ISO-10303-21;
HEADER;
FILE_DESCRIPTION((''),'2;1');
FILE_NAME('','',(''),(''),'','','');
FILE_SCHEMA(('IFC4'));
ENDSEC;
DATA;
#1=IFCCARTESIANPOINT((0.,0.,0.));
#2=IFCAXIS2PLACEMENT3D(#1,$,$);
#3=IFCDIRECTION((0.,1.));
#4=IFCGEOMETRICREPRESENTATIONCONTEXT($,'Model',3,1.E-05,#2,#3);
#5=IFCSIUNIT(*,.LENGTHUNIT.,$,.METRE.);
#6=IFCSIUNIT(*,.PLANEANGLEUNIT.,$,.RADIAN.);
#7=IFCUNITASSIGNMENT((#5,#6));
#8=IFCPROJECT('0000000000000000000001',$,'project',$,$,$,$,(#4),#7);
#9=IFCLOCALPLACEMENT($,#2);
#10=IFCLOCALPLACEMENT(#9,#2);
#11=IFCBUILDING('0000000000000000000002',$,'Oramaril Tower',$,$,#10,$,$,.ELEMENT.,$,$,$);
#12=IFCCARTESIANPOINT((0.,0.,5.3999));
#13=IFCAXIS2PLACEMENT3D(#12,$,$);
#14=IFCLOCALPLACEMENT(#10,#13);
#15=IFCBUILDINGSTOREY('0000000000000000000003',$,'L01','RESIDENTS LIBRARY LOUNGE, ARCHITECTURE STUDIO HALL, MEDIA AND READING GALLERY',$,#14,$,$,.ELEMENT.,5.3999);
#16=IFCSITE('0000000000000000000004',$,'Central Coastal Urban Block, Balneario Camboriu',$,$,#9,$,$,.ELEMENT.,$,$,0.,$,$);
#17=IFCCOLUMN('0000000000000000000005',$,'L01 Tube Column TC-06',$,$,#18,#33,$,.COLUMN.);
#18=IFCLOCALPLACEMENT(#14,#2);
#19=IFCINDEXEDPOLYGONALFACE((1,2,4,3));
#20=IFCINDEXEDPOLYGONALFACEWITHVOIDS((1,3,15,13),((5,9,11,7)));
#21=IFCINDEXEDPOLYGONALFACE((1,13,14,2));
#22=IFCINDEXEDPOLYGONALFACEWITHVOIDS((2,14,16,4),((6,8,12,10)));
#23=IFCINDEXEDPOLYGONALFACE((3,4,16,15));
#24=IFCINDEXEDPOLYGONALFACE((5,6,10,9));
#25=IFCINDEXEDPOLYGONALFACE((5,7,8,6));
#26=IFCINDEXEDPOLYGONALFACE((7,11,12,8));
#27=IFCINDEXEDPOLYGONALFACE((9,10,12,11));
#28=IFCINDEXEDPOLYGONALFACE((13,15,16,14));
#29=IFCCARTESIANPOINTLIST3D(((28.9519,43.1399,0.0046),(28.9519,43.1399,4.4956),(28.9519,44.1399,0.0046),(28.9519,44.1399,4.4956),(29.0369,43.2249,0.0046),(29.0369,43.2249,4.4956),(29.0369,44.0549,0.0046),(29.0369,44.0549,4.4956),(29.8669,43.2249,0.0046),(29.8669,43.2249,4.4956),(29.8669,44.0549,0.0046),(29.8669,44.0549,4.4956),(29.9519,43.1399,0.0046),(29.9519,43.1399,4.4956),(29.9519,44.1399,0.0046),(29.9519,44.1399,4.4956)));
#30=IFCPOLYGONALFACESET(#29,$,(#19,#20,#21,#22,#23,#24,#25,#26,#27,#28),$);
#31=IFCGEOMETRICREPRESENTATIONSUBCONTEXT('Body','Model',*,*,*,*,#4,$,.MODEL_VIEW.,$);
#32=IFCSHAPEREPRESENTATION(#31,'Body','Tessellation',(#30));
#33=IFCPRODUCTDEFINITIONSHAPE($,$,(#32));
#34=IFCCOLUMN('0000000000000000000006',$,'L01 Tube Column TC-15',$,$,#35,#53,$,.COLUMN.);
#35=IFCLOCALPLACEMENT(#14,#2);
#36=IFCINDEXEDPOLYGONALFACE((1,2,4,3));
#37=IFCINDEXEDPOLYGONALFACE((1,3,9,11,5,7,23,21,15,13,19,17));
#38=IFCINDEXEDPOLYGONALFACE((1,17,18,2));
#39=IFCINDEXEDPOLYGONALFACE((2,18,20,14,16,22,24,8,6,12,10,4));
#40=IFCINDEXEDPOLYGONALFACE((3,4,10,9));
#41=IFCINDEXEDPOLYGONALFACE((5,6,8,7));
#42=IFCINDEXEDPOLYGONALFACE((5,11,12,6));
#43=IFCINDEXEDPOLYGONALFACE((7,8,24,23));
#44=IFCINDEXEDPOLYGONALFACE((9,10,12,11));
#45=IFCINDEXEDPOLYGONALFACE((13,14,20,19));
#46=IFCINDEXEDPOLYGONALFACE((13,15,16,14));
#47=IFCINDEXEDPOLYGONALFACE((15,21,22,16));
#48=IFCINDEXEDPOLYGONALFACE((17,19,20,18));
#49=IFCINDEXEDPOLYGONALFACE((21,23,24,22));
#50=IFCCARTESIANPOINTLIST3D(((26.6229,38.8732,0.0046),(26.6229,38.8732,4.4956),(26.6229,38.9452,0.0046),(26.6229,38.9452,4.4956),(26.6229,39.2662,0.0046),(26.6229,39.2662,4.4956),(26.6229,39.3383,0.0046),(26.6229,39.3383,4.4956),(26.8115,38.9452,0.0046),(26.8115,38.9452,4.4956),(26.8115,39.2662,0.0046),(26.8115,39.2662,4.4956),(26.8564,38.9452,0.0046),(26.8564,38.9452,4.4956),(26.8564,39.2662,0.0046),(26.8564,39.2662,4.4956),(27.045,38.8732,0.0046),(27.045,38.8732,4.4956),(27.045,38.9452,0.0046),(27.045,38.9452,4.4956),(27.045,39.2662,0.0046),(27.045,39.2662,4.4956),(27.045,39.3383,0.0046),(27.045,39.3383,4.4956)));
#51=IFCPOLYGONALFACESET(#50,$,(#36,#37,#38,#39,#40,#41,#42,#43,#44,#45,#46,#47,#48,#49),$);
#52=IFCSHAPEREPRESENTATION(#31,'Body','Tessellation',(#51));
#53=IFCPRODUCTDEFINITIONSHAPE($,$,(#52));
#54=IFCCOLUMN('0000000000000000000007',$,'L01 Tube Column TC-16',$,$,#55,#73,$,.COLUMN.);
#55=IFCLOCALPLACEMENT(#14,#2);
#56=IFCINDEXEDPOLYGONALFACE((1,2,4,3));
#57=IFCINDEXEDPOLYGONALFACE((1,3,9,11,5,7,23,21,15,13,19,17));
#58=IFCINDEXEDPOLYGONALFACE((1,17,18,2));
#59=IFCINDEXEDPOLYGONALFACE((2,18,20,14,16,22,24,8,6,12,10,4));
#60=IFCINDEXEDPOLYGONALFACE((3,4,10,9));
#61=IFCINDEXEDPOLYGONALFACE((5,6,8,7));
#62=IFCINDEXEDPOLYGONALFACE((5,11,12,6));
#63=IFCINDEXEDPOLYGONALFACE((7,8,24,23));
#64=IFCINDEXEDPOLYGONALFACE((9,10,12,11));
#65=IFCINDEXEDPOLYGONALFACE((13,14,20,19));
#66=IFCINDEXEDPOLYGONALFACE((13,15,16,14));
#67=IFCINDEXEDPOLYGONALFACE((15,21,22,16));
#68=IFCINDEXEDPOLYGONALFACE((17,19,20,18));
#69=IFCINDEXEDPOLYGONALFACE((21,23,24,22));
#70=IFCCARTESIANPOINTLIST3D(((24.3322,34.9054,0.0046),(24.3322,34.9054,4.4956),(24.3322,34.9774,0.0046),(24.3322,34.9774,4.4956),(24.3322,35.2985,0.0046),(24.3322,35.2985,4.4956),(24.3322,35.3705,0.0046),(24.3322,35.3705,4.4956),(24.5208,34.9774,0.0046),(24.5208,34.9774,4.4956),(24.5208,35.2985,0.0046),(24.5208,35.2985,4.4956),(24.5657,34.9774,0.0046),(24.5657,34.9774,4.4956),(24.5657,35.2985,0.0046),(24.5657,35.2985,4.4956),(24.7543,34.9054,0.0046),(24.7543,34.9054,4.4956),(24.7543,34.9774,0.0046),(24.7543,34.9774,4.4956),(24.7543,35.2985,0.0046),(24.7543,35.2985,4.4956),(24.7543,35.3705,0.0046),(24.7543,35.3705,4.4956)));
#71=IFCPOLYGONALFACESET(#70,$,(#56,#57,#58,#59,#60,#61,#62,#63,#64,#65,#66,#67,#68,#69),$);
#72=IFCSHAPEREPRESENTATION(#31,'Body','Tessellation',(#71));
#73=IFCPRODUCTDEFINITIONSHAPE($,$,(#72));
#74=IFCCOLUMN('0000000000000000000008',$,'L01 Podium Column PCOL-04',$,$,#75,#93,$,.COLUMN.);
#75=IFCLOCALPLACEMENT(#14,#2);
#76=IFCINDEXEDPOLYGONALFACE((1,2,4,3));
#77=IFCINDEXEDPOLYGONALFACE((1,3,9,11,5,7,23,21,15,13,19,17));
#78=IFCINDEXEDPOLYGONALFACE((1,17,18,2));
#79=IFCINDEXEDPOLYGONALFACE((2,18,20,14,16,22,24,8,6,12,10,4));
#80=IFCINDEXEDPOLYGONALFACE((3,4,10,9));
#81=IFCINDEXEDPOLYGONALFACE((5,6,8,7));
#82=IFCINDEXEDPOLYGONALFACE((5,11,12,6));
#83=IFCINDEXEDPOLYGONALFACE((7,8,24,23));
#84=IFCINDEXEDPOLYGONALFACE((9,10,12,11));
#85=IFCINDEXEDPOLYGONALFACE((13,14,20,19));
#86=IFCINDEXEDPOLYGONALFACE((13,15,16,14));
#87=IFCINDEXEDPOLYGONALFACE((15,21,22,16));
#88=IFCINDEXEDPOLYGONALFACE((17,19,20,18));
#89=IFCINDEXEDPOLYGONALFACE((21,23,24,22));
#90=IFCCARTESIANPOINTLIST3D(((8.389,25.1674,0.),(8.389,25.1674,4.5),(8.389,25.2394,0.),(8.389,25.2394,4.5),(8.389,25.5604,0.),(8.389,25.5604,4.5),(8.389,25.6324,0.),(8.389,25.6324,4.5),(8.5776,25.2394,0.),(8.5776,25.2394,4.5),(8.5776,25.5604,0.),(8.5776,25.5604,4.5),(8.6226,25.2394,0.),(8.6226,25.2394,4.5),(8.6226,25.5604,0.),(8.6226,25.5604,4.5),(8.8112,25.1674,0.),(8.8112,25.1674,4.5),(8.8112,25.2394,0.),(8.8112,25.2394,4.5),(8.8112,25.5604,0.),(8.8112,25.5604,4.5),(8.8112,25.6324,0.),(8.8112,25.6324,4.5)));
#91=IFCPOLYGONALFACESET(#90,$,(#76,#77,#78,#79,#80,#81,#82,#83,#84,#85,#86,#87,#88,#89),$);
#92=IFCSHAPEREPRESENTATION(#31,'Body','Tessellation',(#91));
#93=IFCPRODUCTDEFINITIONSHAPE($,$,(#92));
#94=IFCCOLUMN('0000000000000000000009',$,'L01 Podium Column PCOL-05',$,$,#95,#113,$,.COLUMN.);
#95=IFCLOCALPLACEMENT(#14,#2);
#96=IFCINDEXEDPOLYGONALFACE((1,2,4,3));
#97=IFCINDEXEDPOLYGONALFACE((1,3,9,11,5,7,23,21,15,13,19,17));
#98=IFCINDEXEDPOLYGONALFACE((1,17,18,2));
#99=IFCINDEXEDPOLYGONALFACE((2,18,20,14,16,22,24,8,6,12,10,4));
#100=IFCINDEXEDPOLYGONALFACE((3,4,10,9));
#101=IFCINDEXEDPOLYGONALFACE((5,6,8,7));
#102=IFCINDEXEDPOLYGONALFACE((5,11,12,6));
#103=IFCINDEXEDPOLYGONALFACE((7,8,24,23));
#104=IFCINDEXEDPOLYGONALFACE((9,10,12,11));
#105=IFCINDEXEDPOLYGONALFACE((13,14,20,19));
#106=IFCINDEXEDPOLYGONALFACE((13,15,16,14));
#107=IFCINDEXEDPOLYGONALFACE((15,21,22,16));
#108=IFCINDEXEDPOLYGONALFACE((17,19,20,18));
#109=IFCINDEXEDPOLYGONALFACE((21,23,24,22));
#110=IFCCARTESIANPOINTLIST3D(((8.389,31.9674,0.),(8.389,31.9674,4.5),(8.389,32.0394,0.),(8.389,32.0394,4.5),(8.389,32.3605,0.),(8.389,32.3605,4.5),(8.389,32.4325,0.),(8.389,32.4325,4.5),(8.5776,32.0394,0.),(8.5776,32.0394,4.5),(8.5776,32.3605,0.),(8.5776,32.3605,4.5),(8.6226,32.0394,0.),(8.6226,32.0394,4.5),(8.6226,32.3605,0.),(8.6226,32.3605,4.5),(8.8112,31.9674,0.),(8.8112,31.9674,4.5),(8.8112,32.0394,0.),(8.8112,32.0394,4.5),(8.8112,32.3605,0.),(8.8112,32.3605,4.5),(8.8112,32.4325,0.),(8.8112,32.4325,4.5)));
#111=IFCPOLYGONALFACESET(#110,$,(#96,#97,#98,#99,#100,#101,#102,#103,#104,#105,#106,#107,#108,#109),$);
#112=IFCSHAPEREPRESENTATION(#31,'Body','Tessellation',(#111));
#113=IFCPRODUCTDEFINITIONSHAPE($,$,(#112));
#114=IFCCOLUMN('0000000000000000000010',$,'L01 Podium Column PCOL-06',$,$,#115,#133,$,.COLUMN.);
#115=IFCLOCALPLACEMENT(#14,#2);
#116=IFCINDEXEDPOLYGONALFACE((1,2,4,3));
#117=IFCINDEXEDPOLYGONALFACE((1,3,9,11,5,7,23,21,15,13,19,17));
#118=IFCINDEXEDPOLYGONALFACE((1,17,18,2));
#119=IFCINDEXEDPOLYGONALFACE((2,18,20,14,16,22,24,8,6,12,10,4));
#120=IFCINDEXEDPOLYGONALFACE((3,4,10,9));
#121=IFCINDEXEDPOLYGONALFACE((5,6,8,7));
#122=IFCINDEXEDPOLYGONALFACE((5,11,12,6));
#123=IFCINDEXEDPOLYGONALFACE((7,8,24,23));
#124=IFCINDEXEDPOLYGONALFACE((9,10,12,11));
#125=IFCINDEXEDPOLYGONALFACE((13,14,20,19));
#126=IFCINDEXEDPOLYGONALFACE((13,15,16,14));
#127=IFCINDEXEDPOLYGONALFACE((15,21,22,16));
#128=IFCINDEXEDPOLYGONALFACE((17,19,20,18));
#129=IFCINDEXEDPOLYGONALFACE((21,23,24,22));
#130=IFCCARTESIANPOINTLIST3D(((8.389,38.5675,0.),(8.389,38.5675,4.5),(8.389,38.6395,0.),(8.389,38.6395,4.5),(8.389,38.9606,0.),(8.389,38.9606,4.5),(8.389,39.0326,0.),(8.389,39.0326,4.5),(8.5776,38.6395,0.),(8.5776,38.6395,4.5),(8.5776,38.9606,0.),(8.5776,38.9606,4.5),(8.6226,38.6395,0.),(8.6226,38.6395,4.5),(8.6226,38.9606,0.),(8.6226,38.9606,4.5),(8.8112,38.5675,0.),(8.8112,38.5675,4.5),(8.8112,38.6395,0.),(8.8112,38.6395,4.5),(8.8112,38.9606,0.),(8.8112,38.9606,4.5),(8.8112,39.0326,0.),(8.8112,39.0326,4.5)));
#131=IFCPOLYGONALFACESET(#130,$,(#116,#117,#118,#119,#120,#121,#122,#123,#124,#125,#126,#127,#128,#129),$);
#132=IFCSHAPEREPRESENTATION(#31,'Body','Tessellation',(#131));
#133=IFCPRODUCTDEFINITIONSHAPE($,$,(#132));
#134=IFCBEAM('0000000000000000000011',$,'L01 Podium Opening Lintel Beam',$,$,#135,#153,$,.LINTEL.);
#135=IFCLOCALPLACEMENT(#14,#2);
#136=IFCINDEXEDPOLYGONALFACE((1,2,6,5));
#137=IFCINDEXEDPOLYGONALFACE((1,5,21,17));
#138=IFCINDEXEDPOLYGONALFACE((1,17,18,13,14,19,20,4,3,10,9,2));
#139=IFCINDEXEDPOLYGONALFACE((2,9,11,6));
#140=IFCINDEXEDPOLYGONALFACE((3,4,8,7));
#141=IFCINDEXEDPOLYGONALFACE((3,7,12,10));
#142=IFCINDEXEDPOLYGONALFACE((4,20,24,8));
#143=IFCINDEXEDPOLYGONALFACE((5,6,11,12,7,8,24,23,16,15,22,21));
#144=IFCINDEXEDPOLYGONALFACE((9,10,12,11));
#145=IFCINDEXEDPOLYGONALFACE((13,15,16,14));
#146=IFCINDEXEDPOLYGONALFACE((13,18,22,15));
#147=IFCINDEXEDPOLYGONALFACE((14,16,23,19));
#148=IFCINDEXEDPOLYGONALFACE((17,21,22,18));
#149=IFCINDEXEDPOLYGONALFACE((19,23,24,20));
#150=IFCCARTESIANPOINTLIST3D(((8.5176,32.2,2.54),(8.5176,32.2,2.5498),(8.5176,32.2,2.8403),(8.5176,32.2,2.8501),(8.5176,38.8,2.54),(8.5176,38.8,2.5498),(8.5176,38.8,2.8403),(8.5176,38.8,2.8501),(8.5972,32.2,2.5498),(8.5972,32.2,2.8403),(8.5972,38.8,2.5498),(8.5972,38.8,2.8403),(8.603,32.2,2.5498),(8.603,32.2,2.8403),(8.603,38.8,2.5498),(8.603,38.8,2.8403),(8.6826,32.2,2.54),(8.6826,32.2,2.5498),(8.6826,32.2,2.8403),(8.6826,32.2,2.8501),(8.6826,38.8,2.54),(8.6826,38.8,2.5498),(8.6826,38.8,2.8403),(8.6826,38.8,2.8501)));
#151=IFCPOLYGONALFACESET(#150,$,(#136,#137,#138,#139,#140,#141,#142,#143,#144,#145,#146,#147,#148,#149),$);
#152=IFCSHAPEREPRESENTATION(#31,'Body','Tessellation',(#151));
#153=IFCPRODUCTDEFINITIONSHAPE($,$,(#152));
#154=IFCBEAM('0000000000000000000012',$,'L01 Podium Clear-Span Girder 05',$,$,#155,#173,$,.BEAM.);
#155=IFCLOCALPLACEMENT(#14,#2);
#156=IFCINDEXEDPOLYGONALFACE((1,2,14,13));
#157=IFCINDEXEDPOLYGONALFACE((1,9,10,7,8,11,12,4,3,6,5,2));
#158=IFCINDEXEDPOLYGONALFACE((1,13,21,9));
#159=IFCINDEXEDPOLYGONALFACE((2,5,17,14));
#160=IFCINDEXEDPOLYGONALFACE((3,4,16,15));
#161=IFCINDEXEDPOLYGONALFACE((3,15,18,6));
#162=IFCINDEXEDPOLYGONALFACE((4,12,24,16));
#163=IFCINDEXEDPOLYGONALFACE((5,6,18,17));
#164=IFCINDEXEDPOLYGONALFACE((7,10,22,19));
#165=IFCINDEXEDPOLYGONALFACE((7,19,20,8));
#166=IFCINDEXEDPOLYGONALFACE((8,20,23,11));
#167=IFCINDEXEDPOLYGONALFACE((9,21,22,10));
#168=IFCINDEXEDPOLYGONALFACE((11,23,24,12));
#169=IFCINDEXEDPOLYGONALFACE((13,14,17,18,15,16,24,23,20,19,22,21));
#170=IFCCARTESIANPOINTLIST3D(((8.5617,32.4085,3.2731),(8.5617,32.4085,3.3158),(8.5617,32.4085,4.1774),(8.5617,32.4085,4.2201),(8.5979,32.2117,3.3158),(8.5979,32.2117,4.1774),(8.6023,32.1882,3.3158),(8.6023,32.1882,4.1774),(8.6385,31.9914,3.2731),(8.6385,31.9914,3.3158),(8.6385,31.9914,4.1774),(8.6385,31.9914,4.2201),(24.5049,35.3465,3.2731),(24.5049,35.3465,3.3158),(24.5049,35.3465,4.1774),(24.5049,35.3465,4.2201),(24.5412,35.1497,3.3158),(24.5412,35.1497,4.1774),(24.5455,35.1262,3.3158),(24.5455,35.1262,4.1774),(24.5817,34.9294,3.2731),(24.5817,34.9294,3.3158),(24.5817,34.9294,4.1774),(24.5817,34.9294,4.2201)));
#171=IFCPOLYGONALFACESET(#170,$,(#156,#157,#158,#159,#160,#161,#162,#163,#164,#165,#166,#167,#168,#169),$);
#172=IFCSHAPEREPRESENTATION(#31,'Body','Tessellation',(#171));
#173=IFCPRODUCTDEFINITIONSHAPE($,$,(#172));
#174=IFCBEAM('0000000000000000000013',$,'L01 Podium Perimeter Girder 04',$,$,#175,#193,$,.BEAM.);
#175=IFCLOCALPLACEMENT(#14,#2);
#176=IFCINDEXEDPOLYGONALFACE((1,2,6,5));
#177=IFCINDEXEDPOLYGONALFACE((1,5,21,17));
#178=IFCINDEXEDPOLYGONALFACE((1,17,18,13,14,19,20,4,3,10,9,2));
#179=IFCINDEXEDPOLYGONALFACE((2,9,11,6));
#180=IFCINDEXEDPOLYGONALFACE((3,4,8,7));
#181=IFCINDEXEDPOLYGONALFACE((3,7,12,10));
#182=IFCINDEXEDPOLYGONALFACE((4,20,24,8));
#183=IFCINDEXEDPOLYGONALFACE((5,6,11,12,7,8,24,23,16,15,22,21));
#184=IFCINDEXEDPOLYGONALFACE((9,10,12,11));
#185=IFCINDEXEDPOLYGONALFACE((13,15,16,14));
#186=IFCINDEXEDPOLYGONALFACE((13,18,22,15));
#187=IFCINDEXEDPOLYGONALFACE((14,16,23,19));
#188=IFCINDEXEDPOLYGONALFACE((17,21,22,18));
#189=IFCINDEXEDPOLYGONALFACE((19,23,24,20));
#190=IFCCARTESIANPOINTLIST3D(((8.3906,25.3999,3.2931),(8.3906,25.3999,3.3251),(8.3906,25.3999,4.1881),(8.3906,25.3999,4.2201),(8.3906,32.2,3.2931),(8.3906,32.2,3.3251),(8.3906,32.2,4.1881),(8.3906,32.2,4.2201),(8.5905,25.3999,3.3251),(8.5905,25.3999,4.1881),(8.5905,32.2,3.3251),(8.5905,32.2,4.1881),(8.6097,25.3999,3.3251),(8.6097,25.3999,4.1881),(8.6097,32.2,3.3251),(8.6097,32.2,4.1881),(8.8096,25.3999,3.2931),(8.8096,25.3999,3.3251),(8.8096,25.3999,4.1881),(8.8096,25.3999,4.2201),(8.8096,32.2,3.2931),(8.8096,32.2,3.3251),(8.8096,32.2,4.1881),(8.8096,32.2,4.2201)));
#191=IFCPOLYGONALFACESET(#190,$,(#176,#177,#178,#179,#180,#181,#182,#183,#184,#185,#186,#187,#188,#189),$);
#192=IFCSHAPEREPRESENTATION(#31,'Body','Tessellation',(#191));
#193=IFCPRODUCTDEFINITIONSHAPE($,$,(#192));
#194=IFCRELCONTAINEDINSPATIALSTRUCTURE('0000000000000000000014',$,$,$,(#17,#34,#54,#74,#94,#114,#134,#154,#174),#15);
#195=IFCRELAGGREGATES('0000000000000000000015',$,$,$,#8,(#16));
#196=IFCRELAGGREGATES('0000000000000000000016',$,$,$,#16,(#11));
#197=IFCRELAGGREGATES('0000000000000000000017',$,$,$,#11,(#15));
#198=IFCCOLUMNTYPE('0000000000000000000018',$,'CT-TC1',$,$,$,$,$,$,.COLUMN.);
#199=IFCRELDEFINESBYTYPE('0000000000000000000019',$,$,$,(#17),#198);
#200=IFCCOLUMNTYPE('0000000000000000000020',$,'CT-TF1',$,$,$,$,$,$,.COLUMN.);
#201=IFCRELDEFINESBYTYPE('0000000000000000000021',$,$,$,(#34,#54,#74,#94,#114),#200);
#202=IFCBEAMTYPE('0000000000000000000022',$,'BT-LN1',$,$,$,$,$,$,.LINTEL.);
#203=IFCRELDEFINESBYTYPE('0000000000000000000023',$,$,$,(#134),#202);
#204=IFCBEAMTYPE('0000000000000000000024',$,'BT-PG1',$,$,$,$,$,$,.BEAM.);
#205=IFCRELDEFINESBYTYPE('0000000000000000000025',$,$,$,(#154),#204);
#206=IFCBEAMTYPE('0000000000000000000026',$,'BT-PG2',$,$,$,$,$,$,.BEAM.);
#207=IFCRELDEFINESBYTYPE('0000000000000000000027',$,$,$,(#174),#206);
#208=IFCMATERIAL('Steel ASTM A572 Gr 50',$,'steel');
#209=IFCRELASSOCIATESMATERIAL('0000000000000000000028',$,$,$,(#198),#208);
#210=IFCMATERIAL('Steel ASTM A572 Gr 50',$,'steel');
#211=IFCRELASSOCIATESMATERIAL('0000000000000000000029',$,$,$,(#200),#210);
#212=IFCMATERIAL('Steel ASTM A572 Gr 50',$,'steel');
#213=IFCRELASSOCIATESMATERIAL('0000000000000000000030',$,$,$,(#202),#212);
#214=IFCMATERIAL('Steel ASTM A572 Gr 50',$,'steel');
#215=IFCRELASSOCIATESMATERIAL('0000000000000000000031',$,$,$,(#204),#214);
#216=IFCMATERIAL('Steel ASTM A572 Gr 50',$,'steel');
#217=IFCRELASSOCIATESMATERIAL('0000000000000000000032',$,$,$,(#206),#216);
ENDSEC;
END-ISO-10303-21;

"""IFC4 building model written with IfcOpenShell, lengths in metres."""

from ifc_helpers import new_model, si_unit, direction, frame, origin, origin_2d, place, context, subcontext, project, spatial, hollow_rectangle, i_section, extrude, material, material_profile, profile_set, type_object, element, save


model = new_model("IFC4")

# Units and contexts
model_context = context("Model", 3, precision=1e-05, world=origin(), true_north=direction((0.0, 1.0)))
body_context = subcontext(model_context, "Body", "Model", "MODEL_VIEW")
ifc_project = project(units=[si_unit("LENGTHUNIT", "METRE"), si_unit("PLANEANGLEUNIT", "RADIAN")], contexts=[model_context])

# Site, building, storey
site_placement = place(None, origin())
site = spatial("IfcSite", under=ifc_project, at=site_placement, Name="Central Coastal Urban Block, Balneario Camboriu", CompositionType="ELEMENT", RefElevation=0.0)
building_placement = place(site_placement, origin())
building = spatial("IfcBuilding", under=site, at=building_placement, Name="Oramaril Tower", CompositionType="ELEMENT")
storey_placement = place(building_placement, frame((0.0, 0.0, 5.3999)))
storey = spatial("IfcBuildingStorey", under=building, at=storey_placement, Name="L01", Description="RESIDENTS LIBRARY LOUNGE, ARCHITECTURE STUDIO HALL, MEDIA AND READING GALLERY", CompositionType="ELEMENT", Elevation=5.3999)

# Columns
ifc_material_1 = material(Name="Steel ASTM A572 Gr 50", Category="steel")
ifc_material_profile_1 = material_profile(ifc_material_1, hollow_rectangle(XDim=1.0, YDim=1.0, WallThickness=0.085, at=origin_2d()), Name="BOX1000X1000X85")
ifc_profile_set_1 = profile_set([ifc_material_profile_1], Name="Steel ASTM A572 Gr 50")
column_type_1 = type_object("IfcColumnType", Name="CT-TC1", PredefinedType="COLUMN", material=ifc_profile_set_1)
column_placement = place(storey_placement, frame((29.4519, 43.6399, 0.0046), z_axis=(0.0, 0.0, 1.0), x_axis=(1.0, 0.0, 0.0)))
element("IfcColumn", 1, at=column_placement, inside=storey, type_object=column_type_1, Name="L01 Tube Column TC-06", PredefinedType="COLUMN", context=body_context, shape_type="SweptSolid", body=[
    extrude(hollow_rectangle(XDim=1.0, YDim=1.0, WallThickness=0.085, at=origin_2d()), origin(), (0.0, 0.0, 1.0), 4.491),
])
ifc_material_2 = material(Name="Steel ASTM A572 Gr 50", Category="steel")
ifc_material_profile_2 = material_profile(ifc_material_2, i_section(OverallWidth=0.4221, OverallDepth=0.4651, WebThickness=0.0449, FlangeThickness=0.072, at=origin_2d()), Name="W14X398")
ifc_profile_set_2 = profile_set([ifc_material_profile_2], Name="Steel ASTM A572 Gr 50")
column_type_2 = type_object("IfcColumnType", Name="CT-TF1", PredefinedType="COLUMN", material=ifc_profile_set_2)
for number, where, z_axis, x_axis, name in (
    (2, (26.834, 39.1057, 0.0046), (0.0, 0.0, 1.0), (1.0, 0.0, 0.0), "L01 Tube Column TC-15"),
    (3, (24.5432, 35.1379, 0.0046), (0.0, 0.0, 1.0), (1.0, 0.0, 0.0), "L01 Tube Column TC-16"),
):
    element("IfcColumn", number, at=place(storey_placement, frame(where, z_axis=z_axis, x_axis=x_axis)), inside=storey, type_object=column_type_2, Name=name, PredefinedType="COLUMN", context=body_context, shape_type="SweptSolid", body=[
        extrude(i_section(OverallWidth=0.4221, OverallDepth=0.4651, WebThickness=0.0449, FlangeThickness=0.072, at=origin_2d()), origin(), (0.0, 0.0, 1.0), 4.491),
    ])
for number, where, z_axis, x_axis, name in (
    (4, (8.6001, 25.3999, 0.0), (0.0, 0.0, 1.0), (1.0, 0.0, 0.0), "L01 Podium Column PCOL-04"),
    (5, (8.6001, 32.2, 0.0), (0.0, 0.0, 1.0), (1.0, 0.0, 0.0), "L01 Podium Column PCOL-05"),
    (6, (8.6001, 38.8, 0.0), (0.0, 0.0, 1.0), (1.0, 0.0, 0.0), "L01 Podium Column PCOL-06"),
):
    element("IfcColumn", number, at=place(storey_placement, frame(where, z_axis=z_axis, x_axis=x_axis)), inside=storey, type_object=column_type_2, Name=name, PredefinedType="COLUMN", context=body_context, shape_type="SweptSolid", body=[
        extrude(i_section(OverallWidth=0.4221, OverallDepth=0.4651, WebThickness=0.0449, FlangeThickness=0.072, at=origin_2d()), origin(), (0.0, 0.0, 1.0), 4.5),
    ])

# Beams
ifc_material_3 = material(Name="Steel ASTM A572 Gr 50", Category="steel")
ifc_material_profile_3 = material_profile(ifc_material_3, i_section(OverallWidth=0.165, OverallDepth=0.3101, WebThickness=0.0059, FlangeThickness=0.0098, at=origin_2d()), Name="W12X26")
ifc_profile_set_3 = profile_set([ifc_material_profile_3], Name="Steel ASTM A572 Gr 50")
beam_type_1 = type_object("IfcBeamType", Name="BT-LN1", PredefinedType="LINTEL", material=ifc_profile_set_3)
beam_1_placement = place(storey_placement, frame((8.6001, 32.2, 2.6951), z_axis=(0.0, 1.0, 0.0), x_axis=(-1.0, 0.0, 0.0)))
element("IfcBeam", 7, at=beam_1_placement, inside=storey, type_object=beam_type_1, Name="L01 Podium Opening Lintel Beam", PredefinedType="LINTEL", context=body_context, shape_type="SweptSolid", body=[
    extrude(i_section(OverallWidth=0.165, OverallDepth=0.3101, WebThickness=0.0059, FlangeThickness=0.0098, at=origin_2d()), origin(), (0.0, 0.0, 1.0), 6.6001),
])
ifc_material_4 = material(Name="Steel ASTM A572 Gr 50", Category="steel")
ifc_material_profile_4 = material_profile(ifc_material_4, i_section(OverallWidth=0.4241, OverallDepth=0.947, WebThickness=0.0239, FlangeThickness=0.0427, at=origin_2d()), Name="W36X302")
ifc_profile_set_4 = profile_set([ifc_material_profile_4], Name="Steel ASTM A572 Gr 50")
beam_type_2 = type_object("IfcBeamType", Name="BT-PG1", PredefinedType="BEAM", material=ifc_profile_set_4)
beam_2_placement = place(storey_placement, frame((8.6001, 32.2, 3.7466), z_axis=(0.983441, 0.181228, 0.0), x_axis=(-0.181228, 0.983441, 0.0)))
element("IfcBeam", 8, at=beam_2_placement, inside=storey, type_object=beam_type_2, Name="L01 Podium Clear-Span Girder 05", PredefinedType="BEAM", context=body_context, shape_type="SweptSolid", body=[
    extrude(i_section(OverallWidth=0.4241, OverallDepth=0.947, WebThickness=0.0239, FlangeThickness=0.0427, at=origin_2d()), origin(), (0.0, 0.0, 1.0), 16.2117),
])
ifc_material_5 = material(Name="Steel ASTM A572 Gr 50", Category="steel")
ifc_material_profile_5 = material_profile(ifc_material_5, i_section(OverallWidth=0.4189, OverallDepth=0.927, WebThickness=0.0193, FlangeThickness=0.032, at=origin_2d()), Name="W36X231")
ifc_profile_set_5 = profile_set([ifc_material_profile_5], Name="Steel ASTM A572 Gr 50")
beam_type_3 = type_object("IfcBeamType", Name="BT-PG2", PredefinedType="BEAM", material=ifc_profile_set_5)
beam_3_placement = place(storey_placement, frame((8.6001, 25.3999, 3.7566), z_axis=(0.0, 1.0, 0.0), x_axis=(-1.0, 0.0, 0.0)))
element("IfcBeam", 9, at=beam_3_placement, inside=storey, type_object=beam_type_3, Name="L01 Podium Perimeter Girder 04", PredefinedType="BEAM", context=body_context, shape_type="SweptSolid", body=[
    extrude(i_section(OverallWidth=0.4189, OverallDepth=0.927, WebThickness=0.0193, FlangeThickness=0.032, at=origin_2d()), origin(), (0.0, 0.0, 1.0), 6.8),
])

save(model, "model.ifc")
